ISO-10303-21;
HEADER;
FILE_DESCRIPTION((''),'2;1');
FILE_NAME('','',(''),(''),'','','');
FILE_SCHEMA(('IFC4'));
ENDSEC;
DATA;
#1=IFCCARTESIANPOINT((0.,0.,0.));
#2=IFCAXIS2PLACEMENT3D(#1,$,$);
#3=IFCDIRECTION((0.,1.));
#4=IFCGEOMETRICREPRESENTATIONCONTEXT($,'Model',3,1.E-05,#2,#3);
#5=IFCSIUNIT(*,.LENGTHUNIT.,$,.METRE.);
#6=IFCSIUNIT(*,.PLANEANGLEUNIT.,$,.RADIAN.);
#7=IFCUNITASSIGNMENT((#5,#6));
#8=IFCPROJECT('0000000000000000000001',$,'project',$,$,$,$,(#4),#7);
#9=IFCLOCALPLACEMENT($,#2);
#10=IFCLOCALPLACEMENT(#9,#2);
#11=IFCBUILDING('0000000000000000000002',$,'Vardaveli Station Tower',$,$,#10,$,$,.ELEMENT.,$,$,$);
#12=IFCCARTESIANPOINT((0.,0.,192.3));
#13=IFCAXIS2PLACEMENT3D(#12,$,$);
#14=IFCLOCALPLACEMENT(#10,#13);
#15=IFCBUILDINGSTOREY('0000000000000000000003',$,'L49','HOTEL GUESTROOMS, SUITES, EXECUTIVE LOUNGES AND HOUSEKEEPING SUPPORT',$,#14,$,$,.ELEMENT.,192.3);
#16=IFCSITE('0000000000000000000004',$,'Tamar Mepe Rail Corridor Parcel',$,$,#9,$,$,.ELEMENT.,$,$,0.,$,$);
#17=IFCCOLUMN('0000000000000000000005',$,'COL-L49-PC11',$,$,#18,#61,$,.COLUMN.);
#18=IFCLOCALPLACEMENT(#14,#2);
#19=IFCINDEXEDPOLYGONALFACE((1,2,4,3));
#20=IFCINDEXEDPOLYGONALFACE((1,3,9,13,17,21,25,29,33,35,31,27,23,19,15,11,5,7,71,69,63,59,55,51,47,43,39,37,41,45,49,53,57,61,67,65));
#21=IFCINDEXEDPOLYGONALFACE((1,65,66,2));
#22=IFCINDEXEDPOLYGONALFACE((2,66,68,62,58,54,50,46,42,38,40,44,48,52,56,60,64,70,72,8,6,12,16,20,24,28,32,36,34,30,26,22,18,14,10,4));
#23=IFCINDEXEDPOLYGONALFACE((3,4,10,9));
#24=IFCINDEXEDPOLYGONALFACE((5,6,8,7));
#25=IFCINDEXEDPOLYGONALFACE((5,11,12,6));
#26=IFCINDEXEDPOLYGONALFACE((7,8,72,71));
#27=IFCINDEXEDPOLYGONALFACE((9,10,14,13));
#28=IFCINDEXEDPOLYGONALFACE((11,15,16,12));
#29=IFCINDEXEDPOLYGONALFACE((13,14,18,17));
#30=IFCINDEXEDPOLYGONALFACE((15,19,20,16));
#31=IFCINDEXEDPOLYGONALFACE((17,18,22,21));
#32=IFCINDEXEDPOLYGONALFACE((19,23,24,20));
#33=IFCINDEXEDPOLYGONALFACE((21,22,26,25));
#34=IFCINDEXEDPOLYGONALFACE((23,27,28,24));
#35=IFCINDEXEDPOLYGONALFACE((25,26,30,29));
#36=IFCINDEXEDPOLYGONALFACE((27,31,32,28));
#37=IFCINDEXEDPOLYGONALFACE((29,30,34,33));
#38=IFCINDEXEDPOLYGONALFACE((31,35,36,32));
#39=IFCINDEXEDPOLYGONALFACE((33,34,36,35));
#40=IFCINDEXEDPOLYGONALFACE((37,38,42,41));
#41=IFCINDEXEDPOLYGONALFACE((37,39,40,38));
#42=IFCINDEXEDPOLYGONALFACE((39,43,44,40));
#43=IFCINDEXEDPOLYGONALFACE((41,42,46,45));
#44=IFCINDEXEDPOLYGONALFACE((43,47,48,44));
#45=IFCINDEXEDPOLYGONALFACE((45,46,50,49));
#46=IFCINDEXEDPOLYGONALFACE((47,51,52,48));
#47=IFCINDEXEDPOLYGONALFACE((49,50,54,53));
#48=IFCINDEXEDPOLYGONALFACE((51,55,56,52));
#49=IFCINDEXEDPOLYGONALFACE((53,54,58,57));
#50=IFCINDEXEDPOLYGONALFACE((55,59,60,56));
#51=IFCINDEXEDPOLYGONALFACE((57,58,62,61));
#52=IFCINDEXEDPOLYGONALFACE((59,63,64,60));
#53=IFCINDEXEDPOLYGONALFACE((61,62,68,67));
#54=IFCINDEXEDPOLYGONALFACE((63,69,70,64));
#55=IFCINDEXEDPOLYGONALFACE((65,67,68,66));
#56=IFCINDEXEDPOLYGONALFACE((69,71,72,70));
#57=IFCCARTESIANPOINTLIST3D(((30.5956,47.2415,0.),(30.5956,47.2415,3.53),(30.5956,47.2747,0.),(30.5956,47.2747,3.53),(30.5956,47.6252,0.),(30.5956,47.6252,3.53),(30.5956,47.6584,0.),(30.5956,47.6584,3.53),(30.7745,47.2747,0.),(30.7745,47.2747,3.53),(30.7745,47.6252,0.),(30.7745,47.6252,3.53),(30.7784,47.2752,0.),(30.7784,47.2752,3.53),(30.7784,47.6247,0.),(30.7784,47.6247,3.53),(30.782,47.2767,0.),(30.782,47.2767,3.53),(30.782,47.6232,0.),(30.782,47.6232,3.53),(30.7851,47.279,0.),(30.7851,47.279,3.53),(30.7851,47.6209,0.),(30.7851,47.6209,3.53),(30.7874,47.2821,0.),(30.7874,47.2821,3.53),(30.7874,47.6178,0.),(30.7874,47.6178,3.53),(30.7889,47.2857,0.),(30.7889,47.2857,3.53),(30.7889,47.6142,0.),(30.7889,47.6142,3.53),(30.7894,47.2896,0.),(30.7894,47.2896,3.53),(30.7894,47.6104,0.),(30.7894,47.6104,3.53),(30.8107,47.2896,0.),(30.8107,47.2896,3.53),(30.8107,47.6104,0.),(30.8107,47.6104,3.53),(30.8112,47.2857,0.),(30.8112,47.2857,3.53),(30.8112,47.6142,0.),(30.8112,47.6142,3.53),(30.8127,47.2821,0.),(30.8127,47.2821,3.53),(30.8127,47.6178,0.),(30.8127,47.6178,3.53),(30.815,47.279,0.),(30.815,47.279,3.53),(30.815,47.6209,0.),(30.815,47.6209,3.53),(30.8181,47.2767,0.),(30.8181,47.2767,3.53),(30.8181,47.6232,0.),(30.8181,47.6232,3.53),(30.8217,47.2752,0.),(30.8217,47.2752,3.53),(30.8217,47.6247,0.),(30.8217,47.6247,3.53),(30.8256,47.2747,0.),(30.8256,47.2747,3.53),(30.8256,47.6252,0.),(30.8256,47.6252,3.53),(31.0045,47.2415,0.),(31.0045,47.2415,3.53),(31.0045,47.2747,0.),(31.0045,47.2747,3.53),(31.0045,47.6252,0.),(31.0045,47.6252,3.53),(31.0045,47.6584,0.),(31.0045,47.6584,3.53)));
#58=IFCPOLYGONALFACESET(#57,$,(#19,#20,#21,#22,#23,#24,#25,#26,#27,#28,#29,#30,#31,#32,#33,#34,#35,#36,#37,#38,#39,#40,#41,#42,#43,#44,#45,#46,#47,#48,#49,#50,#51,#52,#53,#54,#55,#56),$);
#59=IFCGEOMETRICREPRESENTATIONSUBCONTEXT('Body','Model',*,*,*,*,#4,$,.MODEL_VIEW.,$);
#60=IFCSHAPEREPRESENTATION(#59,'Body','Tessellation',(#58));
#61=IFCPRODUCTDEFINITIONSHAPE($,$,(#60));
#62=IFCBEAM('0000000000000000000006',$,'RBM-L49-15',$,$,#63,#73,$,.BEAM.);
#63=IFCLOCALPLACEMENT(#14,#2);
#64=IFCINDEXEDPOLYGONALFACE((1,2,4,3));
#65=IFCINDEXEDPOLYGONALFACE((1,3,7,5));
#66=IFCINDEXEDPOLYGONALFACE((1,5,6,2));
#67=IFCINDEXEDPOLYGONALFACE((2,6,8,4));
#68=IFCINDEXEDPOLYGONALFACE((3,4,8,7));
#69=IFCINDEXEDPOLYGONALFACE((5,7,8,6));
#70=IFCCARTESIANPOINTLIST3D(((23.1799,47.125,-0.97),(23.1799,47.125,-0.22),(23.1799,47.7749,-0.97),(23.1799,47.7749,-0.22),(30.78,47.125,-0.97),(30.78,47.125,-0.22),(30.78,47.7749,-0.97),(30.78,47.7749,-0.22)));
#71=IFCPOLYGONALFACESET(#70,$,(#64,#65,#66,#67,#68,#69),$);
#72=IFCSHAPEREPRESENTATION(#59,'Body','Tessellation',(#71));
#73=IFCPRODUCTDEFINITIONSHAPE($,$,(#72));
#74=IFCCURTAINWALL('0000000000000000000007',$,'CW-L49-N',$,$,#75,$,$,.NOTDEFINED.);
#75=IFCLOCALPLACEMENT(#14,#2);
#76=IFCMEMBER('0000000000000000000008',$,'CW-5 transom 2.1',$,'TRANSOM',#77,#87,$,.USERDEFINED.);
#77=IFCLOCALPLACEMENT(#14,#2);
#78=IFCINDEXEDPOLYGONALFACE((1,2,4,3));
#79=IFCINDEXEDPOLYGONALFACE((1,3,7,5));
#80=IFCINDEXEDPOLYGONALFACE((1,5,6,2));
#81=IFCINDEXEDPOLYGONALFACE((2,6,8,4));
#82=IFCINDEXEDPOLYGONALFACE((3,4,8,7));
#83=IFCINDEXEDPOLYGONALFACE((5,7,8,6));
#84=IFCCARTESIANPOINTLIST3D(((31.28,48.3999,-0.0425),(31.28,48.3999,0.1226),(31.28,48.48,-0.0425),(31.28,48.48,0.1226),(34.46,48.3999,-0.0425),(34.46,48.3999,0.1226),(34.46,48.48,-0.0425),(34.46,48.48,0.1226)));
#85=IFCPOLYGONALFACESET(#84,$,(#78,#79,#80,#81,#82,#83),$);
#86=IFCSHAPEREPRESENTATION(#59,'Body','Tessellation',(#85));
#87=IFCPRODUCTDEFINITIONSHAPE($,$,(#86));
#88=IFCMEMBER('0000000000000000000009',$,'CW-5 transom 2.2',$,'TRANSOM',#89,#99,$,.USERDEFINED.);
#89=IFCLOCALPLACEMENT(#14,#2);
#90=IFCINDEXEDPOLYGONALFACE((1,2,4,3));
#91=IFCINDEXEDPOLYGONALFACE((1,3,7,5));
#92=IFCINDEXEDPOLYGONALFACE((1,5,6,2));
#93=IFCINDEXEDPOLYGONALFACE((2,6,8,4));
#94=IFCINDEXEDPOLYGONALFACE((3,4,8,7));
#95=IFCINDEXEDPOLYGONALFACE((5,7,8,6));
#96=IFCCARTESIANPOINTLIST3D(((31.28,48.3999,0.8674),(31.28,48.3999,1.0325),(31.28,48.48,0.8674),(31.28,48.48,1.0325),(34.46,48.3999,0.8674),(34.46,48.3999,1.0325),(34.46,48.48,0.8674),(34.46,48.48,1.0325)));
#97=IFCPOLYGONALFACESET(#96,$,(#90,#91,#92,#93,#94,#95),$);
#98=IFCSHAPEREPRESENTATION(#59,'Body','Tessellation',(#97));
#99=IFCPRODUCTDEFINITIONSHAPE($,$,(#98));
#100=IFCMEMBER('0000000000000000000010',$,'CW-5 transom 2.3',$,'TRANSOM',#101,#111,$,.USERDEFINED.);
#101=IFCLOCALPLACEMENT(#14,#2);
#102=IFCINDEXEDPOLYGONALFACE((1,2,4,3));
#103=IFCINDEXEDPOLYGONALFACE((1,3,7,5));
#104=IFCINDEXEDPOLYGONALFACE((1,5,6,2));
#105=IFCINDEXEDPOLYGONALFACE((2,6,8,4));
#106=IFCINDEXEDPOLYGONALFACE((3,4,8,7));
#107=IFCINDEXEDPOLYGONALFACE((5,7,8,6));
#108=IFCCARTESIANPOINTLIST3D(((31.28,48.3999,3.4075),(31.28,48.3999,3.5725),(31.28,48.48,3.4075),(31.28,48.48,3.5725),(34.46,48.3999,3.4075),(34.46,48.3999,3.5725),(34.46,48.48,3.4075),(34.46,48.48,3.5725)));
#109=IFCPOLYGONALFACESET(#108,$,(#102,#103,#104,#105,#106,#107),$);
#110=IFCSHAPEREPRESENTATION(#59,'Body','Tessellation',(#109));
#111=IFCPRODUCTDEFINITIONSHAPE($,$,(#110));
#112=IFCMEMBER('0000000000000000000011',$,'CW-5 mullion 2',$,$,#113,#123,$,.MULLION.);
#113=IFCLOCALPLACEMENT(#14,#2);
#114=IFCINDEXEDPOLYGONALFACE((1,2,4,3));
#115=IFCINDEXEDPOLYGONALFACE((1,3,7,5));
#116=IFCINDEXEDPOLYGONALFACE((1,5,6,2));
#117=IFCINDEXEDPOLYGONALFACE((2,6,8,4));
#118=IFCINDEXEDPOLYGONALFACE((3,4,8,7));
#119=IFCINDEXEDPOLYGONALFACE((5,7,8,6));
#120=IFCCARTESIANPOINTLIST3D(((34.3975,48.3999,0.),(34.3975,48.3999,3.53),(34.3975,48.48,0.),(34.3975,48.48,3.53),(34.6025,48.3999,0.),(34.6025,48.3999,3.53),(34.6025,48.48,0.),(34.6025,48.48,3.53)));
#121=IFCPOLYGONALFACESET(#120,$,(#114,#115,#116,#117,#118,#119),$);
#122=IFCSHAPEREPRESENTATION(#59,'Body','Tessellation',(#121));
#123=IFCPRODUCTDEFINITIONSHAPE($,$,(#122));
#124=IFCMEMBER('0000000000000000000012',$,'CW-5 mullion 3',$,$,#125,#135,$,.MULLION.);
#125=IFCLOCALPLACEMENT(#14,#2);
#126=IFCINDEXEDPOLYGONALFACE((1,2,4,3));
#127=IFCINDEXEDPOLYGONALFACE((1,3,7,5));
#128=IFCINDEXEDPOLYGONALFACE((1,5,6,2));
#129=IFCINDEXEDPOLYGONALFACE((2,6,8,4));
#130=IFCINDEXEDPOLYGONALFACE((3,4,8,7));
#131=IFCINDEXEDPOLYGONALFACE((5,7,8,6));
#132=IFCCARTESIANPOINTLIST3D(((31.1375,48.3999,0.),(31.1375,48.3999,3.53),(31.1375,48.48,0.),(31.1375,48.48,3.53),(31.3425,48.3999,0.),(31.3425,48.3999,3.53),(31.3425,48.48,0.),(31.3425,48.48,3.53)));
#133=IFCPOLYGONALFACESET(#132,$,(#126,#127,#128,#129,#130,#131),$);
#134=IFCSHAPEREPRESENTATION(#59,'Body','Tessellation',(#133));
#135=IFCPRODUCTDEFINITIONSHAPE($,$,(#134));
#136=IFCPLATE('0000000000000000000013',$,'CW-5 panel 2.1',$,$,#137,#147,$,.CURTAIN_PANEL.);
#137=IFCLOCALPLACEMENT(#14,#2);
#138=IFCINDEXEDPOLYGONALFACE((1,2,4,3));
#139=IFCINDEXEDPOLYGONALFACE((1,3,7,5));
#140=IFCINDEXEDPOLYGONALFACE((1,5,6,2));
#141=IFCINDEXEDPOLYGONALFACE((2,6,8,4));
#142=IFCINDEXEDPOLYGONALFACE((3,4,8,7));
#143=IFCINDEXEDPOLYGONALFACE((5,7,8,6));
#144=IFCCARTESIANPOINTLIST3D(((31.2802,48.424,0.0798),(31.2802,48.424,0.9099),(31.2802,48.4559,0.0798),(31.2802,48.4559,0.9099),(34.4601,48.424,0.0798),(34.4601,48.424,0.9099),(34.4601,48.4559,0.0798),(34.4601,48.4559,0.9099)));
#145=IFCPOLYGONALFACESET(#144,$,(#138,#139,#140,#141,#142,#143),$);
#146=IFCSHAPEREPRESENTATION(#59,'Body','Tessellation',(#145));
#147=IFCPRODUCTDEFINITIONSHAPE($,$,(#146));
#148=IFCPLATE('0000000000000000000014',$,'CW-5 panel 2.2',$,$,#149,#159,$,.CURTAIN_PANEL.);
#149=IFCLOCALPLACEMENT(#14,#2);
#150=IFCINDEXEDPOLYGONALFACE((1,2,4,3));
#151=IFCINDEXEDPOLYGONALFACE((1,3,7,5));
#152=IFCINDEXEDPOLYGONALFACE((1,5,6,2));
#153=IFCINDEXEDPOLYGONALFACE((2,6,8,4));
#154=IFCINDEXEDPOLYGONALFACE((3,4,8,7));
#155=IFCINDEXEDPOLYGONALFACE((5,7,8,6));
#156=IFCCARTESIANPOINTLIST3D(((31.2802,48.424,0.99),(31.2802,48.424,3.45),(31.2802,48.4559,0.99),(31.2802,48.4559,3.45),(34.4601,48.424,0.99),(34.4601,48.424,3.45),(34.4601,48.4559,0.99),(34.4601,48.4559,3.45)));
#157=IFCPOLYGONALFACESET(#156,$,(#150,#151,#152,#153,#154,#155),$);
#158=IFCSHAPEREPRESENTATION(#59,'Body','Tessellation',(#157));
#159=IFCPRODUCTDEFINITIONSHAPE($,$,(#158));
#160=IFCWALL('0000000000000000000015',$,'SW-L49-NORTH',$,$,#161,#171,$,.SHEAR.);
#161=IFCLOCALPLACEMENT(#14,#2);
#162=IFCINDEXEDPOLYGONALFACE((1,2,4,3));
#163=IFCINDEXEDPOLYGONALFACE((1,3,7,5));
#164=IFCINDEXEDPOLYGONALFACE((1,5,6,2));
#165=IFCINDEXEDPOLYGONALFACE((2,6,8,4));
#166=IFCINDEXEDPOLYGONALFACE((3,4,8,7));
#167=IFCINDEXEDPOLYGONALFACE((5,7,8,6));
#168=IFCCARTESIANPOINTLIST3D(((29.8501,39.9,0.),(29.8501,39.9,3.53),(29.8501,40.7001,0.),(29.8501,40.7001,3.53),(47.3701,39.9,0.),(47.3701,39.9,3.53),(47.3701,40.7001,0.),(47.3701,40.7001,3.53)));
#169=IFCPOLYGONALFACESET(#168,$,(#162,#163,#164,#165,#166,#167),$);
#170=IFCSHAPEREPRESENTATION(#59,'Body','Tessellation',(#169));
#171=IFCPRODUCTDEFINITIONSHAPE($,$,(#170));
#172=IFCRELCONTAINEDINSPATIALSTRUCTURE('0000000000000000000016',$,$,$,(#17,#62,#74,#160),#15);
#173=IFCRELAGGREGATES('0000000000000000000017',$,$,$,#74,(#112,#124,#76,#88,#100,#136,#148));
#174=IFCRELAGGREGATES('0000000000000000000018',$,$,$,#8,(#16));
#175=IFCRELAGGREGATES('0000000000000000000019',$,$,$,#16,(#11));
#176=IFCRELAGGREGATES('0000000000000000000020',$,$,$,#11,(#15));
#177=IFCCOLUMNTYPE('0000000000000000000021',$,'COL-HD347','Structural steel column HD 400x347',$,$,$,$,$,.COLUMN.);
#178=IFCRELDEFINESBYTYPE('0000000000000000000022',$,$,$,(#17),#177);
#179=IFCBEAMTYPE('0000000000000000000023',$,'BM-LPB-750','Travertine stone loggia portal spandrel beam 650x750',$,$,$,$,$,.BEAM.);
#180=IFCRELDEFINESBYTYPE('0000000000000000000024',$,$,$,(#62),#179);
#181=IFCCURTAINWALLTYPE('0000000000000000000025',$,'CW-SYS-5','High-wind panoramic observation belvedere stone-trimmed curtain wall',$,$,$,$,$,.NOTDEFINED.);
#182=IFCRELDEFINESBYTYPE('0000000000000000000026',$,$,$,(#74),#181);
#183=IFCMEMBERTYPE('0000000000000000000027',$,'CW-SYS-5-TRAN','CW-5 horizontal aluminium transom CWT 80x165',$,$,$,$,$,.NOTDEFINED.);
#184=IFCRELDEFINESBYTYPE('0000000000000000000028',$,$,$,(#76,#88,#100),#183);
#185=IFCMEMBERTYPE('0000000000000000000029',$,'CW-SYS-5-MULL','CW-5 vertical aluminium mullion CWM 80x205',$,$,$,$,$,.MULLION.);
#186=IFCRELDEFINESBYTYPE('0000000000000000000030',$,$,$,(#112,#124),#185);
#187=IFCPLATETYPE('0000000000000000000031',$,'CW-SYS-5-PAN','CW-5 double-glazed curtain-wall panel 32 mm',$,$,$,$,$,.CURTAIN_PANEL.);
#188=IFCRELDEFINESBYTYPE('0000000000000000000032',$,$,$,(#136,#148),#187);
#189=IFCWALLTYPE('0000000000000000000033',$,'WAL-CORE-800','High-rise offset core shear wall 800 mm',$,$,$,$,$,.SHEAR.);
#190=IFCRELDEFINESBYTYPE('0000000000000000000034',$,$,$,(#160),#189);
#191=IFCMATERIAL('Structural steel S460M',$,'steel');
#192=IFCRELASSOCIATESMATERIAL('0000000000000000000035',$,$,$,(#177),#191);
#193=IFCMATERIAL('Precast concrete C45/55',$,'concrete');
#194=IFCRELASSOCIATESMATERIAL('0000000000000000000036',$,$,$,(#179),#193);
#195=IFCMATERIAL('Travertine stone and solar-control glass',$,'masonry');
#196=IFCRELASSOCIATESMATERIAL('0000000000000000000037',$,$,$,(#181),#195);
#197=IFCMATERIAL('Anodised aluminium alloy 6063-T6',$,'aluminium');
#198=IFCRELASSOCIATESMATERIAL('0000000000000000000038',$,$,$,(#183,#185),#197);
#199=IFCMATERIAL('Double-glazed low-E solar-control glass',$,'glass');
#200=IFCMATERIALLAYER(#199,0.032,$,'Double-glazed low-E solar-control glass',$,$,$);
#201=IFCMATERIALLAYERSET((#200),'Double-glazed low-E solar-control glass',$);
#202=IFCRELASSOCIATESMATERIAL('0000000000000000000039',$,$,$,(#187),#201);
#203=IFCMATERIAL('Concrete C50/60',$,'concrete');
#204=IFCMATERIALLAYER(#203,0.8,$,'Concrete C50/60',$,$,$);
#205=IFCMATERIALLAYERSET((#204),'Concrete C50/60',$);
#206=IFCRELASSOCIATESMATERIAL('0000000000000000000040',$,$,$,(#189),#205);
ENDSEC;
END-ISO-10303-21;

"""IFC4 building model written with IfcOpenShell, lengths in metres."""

from ifc_helpers import new_model, si_unit, direction, frame, frame_2d, origin, origin_2d, place, context, subcontext, project, spatial, rectangle, i_section, extrude, source, transform, mapped, material, layer, layer_set, material_profile, profile_set, type_object, element, aggregate, save


model = new_model("IFC4")

# Units and contexts
model_context = context("Model", 3, precision=1e-05, world=origin(), true_north=direction((0.0, 1.0)))
body_context = subcontext(model_context, "Body", "Model", "MODEL_VIEW")
ifc_project = project(units=[si_unit("LENGTHUNIT", "METRE"), si_unit("PLANEANGLEUNIT", "RADIAN")], contexts=[model_context])

# Site, building, storey
site_placement = place(None, origin())
site = spatial("IfcSite", under=ifc_project, at=site_placement, Name="Tamar Mepe Rail Corridor Parcel", CompositionType="ELEMENT", RefElevation=0.0)
building_placement = place(site_placement, origin())
building = spatial("IfcBuilding", under=site, at=building_placement, Name="Vardaveli Station Tower", CompositionType="ELEMENT")
storey_placement = place(building_placement, frame((0.0, 0.0, 192.3)))
storey = spatial("IfcBuildingStorey", under=building, at=storey_placement, Name="L49", Description="HOTEL GUESTROOMS, SUITES, EXECUTIVE LOUNGES AND HOUSEKEEPING SUPPORT", CompositionType="ELEMENT", Elevation=192.3)

# Column
ifc_material_1 = material(Name="Structural steel S460M", Category="steel")
ifc_material_profile_1 = material_profile(ifc_material_1, i_section(OverallWidth=0.4089, OverallDepth=0.417, WebThickness=0.0212, FlangeThickness=0.0332, FilletRadius=0.0149, at=origin_2d()), Name="HD 400x347")
ifc_profile_set_1 = profile_set([ifc_material_profile_1], Name="Structural steel S460M")
column_type = type_object("IfcColumnType", Name="COL-HD347", Description="Structural steel column HD 400x347", PredefinedType="COLUMN", material=ifc_profile_set_1)
shared_shape_1 = source(origin(), body_context, "Body", "SweptSolid", [
    extrude(i_section(OverallWidth=0.4089, OverallDepth=0.417, WebThickness=0.0212, FlangeThickness=0.0332, FilletRadius=0.0149, at=origin_2d()), origin(), (0.0, 0.0, 1.0), 3.53),
])
column_placement = place(storey_placement, frame((30.8, 47.45, 0.0), z_axis=(0.0, 0.0, 1.0), x_axis=(1.0, 0.0, 0.0)))
element("IfcColumn", 1, at=column_placement, inside=storey, type_object=column_type, Name="COL-L49-PC11", PredefinedType="COLUMN", context=body_context, shape_type="MappedRepresentation", body=[
    mapped(shared_shape_1, transform((0.0, 0.0, 0.0), scale=1.0)),
])

# Beam
ifc_material_2 = material(Name="Precast concrete C45/55", Category="concrete")
ifc_material_profile_2 = material_profile(ifc_material_2, rectangle(XDim=0.6499, YDim=0.75, at=origin_2d()), Name="LPB 650x750")
ifc_profile_set_2 = profile_set([ifc_material_profile_2], Name="Precast concrete C45/55")
beam_type = type_object("IfcBeamType", Name="BM-LPB-750", Description="Travertine stone loggia portal spandrel beam 650x750", PredefinedType="BEAM", material=ifc_profile_set_2)
shared_shape_2 = source(origin(), body_context, "Body", "SweptSolid", [
    extrude(rectangle(XDim=0.6499, YDim=0.75, at=origin_2d()), origin(), (0.0, 0.0, 1.0), 7.6001),
])
beam_placement = place(storey_placement, frame((30.78, 47.45, -0.595), z_axis=(-1.0, 0.0, 0.0), x_axis=(0.0, -1.0, 0.0)))
element("IfcBeam", 2, at=beam_placement, inside=storey, type_object=beam_type, Name="RBM-L49-15", PredefinedType="BEAM", context=body_context, shape_type="MappedRepresentation", body=[
    mapped(shared_shape_2, transform((0.0, 0.0, 0.0), scale=1.0)),
])

# Curtain wall, members, plates
ifc_material_3 = material(Name="Travertine stone and solar-control glass", Category="masonry")
curtain_wall_type = type_object("IfcCurtainWallType", Name="CW-SYS-5", Description="High-wind panoramic observation belvedere stone-trimmed curtain wall", PredefinedType="NOTDEFINED", material=ifc_material_3)
curtain_wall_placement = place(storey_placement, origin())
curtain_wall = element("IfcCurtainWall", 3, at=curtain_wall_placement, inside=storey, type_object=curtain_wall_type, Name="CW-L49-N", PredefinedType="NOTDEFINED")
ifc_material_4 = material(Name="Anodised aluminium alloy 6063-T6", Category="aluminium")
ifc_material_profile_3 = material_profile(ifc_material_4, rectangle(XDim=0.0801, YDim=0.165, at=origin_2d()), Name="CWT 80x165")
ifc_profile_set_3 = profile_set([ifc_material_profile_3], Name="Anodised aluminium alloy 6063-T6")
member_type_1 = type_object("IfcMemberType", Name="CW-SYS-5-TRAN", Description="CW-5 horizontal aluminium transom CWT 80x165", PredefinedType="NOTDEFINED", material=ifc_profile_set_3)
shared_shape_3 = source(origin(), body_context, "Body", "SweptSolid", [
    extrude(rectangle(XDim=0.0801, YDim=0.165, at=origin_2d()), origin(), (0.0, 0.0, 1.0), 3.1799),
])
member_1_placement = place(storey_placement, frame((34.46, 48.4399, 0.04), z_axis=(-1.0, 0.0, 0.0), x_axis=(0.0, -1.0, 0.0)))
member_1 = element("IfcMember", 4, at=member_1_placement, type_object=member_type_1, Name="CW-5 transom 2.1", ObjectType="TRANSOM", PredefinedType="USERDEFINED", context=body_context, shape_type="MappedRepresentation", body=[
    mapped(shared_shape_3, transform((0.0, 0.0, 0.0), scale=1.0)),
])
member_2_placement = place(storey_placement, frame((34.46, 48.4399, 0.95), z_axis=(-1.0, 0.0, 0.0), x_axis=(0.0, -1.0, 0.0)))
member_2 = element("IfcMember", 5, at=member_2_placement, type_object=member_type_1, Name="CW-5 transom 2.2", ObjectType="TRANSOM", PredefinedType="USERDEFINED", context=body_context, shape_type="MappedRepresentation", body=[
    mapped(shared_shape_3, transform((0.0, 0.0, 0.0), scale=1.0)),
])
member_3_placement = place(storey_placement, frame((34.46, 48.4399, 3.49), z_axis=(-1.0, 0.0, 0.0), x_axis=(0.0, -1.0, 0.0)))
member_3 = element("IfcMember", 6, at=member_3_placement, type_object=member_type_1, Name="CW-5 transom 2.3", ObjectType="TRANSOM", PredefinedType="USERDEFINED", context=body_context, shape_type="MappedRepresentation", body=[
    mapped(shared_shape_3, transform((0.0, 0.0, 0.0), scale=1.0)),
])
ifc_material_profile_4 = material_profile(ifc_material_4, rectangle(XDim=0.0801, YDim=0.2051, at=origin_2d()), Name="CWM 80x205")
ifc_profile_set_4 = profile_set([ifc_material_profile_4], Name="Anodised aluminium alloy 6063-T6")
member_type_2 = type_object("IfcMemberType", Name="CW-SYS-5-MULL", Description="CW-5 vertical aluminium mullion CWM 80x205", PredefinedType="MULLION", material=ifc_profile_set_4)
shared_shape_4 = source(origin(), body_context, "Body", "SweptSolid", [
    extrude(rectangle(XDim=0.0801, YDim=0.2051, at=origin_2d()), origin(), (0.0, 0.0, 1.0), 3.53),
])
member_4_placement = place(storey_placement, frame((34.5, 48.4399, 0.0), z_axis=(0.0, 0.0, 1.0), x_axis=(0.0, -1.0, 0.0)))
member_4 = element("IfcMember", 7, at=member_4_placement, type_object=member_type_2, Name="CW-5 mullion 2", PredefinedType="MULLION", context=body_context, shape_type="MappedRepresentation", body=[
    mapped(shared_shape_4, transform((0.0, 0.0, 0.0), scale=1.0)),
])
member_5_placement = place(storey_placement, frame((31.24, 48.4399, 0.0), z_axis=(0.0, 0.0, 1.0), x_axis=(0.0, -1.0, 0.0)))
member_5 = element("IfcMember", 8, at=member_5_placement, type_object=member_type_2, Name="CW-5 mullion 3", PredefinedType="MULLION", context=body_context, shape_type="MappedRepresentation", body=[
    mapped(shared_shape_4, transform((0.0, 0.0, 0.0), scale=1.0)),
])
ifc_material_5 = material(Name="Double-glazed low-E solar-control glass", Category="glass")
ifc_layer_1 = layer(ifc_material_5, 0.032, Name="Double-glazed low-E solar-control glass")
ifc_layer_set_1 = layer_set([ifc_layer_1], Name="Double-glazed low-E solar-control glass")
plate_type = type_object("IfcPlateType", Name="CW-SYS-5-PAN", Description="CW-5 double-glazed curtain-wall panel 32 mm", PredefinedType="CURTAIN_PANEL", material=ifc_layer_set_1)
shared_shape_5 = source(origin(), body_context, "Body", "SweptSolid", [
    extrude(rectangle(XDim=3.1799, YDim=0.032, at=origin_2d()), origin(), (0.0, 0.0, 1.0), 0.8301),
])
plate_1_placement = place(storey_placement, frame((32.8701, 48.4399, 0.0798), z_axis=(0.0, 0.0, 1.0), x_axis=(-1.0, 0.0, 0.0)))
plate_1 = element("IfcPlate", 9, at=plate_1_placement, type_object=plate_type, Name="CW-5 panel 2.1", PredefinedType="CURTAIN_PANEL", context=body_context, shape_type="MappedRepresentation", body=[
    mapped(shared_shape_5, transform((0.0, 0.0, 0.0), scale=1.0)),
])
shared_shape_6 = source(origin(), body_context, "Body", "SweptSolid", [
    extrude(rectangle(XDim=3.1799, YDim=0.032, at=origin_2d()), origin(), (0.0, 0.0, 1.0), 2.46),
])
plate_2_placement = place(storey_placement, frame((32.8701, 48.4399, 0.99), z_axis=(0.0, 0.0, 1.0), x_axis=(-1.0, 0.0, 0.0)))
plate_2 = element("IfcPlate", 10, at=plate_2_placement, type_object=plate_type, Name="CW-5 panel 2.2", PredefinedType="CURTAIN_PANEL", context=body_context, shape_type="MappedRepresentation", body=[
    mapped(shared_shape_6, transform((0.0, 0.0, 0.0), scale=1.0)),
])
aggregate(curtain_wall, [member_4, member_5, member_1, member_2, member_3, plate_1, plate_2])

# Wall
ifc_material_6 = material(Name="Concrete C50/60", Category="concrete")
ifc_layer_2 = layer(ifc_material_6, 0.8, Name="Concrete C50/60")
ifc_layer_set_2 = layer_set([ifc_layer_2], Name="Concrete C50/60")
wall_type_1 = type_object("IfcWallType", Name="WAL-CORE-800", Description="High-rise offset core shear wall 800 mm", PredefinedType="SHEAR", material=ifc_layer_set_2)
shared_shape_7 = source(origin(), body_context, "Body", "SweptSolid", [
    extrude(rectangle(XDim=17.52, YDim=0.8, at=frame_2d((8.76, 0.0))), origin(), (0.0, 0.0, 1.0), 3.53),
])
wall_1_placement = place(storey_placement, frame((29.8501, 40.3, 0.0), z_axis=(0.0, 0.0, 1.0), x_axis=(1.0, 0.0, 0.0)))
element("IfcWall", 11, at=wall_1_placement, inside=storey, type_object=wall_type_1, Name="SW-L49-NORTH", PredefinedType="SHEAR", context=body_context, shape_type="MappedRepresentation", body=[
    mapped(shared_shape_7, transform((0.0, 0.0, 0.0), scale=1.0)),
])

save(model, "model.ifc")
